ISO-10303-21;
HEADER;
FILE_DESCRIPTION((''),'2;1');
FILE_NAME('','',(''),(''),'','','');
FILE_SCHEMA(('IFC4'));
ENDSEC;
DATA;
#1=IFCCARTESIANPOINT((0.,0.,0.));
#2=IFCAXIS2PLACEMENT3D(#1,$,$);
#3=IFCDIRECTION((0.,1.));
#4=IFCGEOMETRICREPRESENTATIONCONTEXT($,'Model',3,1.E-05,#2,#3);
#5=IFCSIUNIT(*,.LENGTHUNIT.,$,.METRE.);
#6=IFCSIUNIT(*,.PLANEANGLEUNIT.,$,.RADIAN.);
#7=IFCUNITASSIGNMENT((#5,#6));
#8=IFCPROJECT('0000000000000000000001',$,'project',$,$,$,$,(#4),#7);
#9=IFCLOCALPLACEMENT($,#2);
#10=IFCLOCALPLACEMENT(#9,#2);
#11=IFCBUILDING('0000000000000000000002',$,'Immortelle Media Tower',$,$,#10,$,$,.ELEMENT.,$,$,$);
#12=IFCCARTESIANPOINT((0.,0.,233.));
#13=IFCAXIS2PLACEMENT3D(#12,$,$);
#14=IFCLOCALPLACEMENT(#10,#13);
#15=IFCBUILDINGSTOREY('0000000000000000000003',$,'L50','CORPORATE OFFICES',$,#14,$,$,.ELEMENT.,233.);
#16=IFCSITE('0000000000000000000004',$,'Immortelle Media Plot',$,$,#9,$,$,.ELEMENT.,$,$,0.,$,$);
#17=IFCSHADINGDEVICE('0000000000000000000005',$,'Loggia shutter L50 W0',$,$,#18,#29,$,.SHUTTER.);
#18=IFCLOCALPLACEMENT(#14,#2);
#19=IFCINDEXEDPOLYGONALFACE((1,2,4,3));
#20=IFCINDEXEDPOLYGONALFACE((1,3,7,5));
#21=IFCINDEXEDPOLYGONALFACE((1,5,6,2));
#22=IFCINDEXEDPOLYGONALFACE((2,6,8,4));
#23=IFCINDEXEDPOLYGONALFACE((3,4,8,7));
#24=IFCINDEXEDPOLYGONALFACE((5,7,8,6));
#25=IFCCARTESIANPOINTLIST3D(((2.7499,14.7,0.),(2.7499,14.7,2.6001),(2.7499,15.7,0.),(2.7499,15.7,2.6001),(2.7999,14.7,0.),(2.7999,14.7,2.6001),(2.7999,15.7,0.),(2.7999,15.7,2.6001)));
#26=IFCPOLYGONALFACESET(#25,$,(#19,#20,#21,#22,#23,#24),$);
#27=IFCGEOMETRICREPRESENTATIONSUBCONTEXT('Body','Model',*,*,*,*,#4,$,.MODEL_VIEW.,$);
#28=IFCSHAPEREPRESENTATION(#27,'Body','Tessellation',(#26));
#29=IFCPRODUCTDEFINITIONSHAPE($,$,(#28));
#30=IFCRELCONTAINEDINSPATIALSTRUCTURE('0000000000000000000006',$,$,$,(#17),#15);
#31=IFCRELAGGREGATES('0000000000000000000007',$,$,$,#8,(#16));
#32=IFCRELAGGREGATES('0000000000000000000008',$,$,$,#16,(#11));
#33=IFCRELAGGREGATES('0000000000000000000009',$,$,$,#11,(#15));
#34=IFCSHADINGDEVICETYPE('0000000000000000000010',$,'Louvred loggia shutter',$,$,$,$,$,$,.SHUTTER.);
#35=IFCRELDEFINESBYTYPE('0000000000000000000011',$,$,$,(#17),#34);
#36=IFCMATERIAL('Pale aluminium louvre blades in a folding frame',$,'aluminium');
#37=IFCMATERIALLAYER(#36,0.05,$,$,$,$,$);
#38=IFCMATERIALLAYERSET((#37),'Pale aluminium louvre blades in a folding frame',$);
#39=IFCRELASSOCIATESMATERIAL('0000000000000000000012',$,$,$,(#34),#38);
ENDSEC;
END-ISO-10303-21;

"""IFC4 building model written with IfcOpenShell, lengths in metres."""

from ifc_helpers import new_model, si_unit, direction, frame, origin, origin_2d, place, context, subcontext, project, spatial, rectangle, extrude, material, layer, layer_set, type_object, element, save


model = new_model("IFC4")

# Units and contexts
model_context = context("Model", 3, precision=1e-05, world=origin(), true_north=direction((0.0, 1.0)))
body_context = subcontext(model_context, "Body", "Model", "MODEL_VIEW")
ifc_project = project(units=[si_unit("LENGTHUNIT", "METRE"), si_unit("PLANEANGLEUNIT", "RADIAN")], contexts=[model_context])

# Site, building, storey
site_placement = place(None, origin())
site = spatial("IfcSite", under=ifc_project, at=site_placement, Name="Immortelle Media Plot", CompositionType="ELEMENT", RefElevation=0.0)
building_placement = place(site_placement, origin())
building = spatial("IfcBuilding", under=site, at=building_placement, Name="Immortelle Media Tower", CompositionType="ELEMENT")
storey_placement = place(building_placement, frame((0.0, 0.0, 233.0)))
storey = spatial("IfcBuildingStorey", under=building, at=storey_placement, Name="L50", Description="CORPORATE OFFICES", CompositionType="ELEMENT", Elevation=233.0)

# Shading device
ifc_material_1 = material(Name="Pale aluminium louvre blades in a folding frame", Category="aluminium")
ifc_layer_1 = layer(ifc_material_1, 0.05)
ifc_layer_set_1 = layer_set([ifc_layer_1], Name="Pale aluminium louvre blades in a folding frame")
shading_device_type_1 = type_object("IfcShadingDeviceType", Name="Louvred loggia shutter", PredefinedType="SHUTTER", material=ifc_layer_set_1)
shading_device_1_placement = place(storey_placement, frame((2.7749, 15.2, 0.0), z_axis=(0.0, 0.0, 1.0), x_axis=(0.0, -1.0, 0.0)))
element("IfcShadingDevice", 1, at=shading_device_1_placement, inside=storey, type_object=shading_device_type_1, Name="Loggia shutter L50 W0", PredefinedType="SHUTTER", context=body_context, shape_type="SweptSolid", body=[
    extrude(rectangle(XDim=1.0, YDim=0.05, at=origin_2d()), origin(), (0.0, 0.0, 1.0), 2.6001),
])

save(model, "model.ifc")
